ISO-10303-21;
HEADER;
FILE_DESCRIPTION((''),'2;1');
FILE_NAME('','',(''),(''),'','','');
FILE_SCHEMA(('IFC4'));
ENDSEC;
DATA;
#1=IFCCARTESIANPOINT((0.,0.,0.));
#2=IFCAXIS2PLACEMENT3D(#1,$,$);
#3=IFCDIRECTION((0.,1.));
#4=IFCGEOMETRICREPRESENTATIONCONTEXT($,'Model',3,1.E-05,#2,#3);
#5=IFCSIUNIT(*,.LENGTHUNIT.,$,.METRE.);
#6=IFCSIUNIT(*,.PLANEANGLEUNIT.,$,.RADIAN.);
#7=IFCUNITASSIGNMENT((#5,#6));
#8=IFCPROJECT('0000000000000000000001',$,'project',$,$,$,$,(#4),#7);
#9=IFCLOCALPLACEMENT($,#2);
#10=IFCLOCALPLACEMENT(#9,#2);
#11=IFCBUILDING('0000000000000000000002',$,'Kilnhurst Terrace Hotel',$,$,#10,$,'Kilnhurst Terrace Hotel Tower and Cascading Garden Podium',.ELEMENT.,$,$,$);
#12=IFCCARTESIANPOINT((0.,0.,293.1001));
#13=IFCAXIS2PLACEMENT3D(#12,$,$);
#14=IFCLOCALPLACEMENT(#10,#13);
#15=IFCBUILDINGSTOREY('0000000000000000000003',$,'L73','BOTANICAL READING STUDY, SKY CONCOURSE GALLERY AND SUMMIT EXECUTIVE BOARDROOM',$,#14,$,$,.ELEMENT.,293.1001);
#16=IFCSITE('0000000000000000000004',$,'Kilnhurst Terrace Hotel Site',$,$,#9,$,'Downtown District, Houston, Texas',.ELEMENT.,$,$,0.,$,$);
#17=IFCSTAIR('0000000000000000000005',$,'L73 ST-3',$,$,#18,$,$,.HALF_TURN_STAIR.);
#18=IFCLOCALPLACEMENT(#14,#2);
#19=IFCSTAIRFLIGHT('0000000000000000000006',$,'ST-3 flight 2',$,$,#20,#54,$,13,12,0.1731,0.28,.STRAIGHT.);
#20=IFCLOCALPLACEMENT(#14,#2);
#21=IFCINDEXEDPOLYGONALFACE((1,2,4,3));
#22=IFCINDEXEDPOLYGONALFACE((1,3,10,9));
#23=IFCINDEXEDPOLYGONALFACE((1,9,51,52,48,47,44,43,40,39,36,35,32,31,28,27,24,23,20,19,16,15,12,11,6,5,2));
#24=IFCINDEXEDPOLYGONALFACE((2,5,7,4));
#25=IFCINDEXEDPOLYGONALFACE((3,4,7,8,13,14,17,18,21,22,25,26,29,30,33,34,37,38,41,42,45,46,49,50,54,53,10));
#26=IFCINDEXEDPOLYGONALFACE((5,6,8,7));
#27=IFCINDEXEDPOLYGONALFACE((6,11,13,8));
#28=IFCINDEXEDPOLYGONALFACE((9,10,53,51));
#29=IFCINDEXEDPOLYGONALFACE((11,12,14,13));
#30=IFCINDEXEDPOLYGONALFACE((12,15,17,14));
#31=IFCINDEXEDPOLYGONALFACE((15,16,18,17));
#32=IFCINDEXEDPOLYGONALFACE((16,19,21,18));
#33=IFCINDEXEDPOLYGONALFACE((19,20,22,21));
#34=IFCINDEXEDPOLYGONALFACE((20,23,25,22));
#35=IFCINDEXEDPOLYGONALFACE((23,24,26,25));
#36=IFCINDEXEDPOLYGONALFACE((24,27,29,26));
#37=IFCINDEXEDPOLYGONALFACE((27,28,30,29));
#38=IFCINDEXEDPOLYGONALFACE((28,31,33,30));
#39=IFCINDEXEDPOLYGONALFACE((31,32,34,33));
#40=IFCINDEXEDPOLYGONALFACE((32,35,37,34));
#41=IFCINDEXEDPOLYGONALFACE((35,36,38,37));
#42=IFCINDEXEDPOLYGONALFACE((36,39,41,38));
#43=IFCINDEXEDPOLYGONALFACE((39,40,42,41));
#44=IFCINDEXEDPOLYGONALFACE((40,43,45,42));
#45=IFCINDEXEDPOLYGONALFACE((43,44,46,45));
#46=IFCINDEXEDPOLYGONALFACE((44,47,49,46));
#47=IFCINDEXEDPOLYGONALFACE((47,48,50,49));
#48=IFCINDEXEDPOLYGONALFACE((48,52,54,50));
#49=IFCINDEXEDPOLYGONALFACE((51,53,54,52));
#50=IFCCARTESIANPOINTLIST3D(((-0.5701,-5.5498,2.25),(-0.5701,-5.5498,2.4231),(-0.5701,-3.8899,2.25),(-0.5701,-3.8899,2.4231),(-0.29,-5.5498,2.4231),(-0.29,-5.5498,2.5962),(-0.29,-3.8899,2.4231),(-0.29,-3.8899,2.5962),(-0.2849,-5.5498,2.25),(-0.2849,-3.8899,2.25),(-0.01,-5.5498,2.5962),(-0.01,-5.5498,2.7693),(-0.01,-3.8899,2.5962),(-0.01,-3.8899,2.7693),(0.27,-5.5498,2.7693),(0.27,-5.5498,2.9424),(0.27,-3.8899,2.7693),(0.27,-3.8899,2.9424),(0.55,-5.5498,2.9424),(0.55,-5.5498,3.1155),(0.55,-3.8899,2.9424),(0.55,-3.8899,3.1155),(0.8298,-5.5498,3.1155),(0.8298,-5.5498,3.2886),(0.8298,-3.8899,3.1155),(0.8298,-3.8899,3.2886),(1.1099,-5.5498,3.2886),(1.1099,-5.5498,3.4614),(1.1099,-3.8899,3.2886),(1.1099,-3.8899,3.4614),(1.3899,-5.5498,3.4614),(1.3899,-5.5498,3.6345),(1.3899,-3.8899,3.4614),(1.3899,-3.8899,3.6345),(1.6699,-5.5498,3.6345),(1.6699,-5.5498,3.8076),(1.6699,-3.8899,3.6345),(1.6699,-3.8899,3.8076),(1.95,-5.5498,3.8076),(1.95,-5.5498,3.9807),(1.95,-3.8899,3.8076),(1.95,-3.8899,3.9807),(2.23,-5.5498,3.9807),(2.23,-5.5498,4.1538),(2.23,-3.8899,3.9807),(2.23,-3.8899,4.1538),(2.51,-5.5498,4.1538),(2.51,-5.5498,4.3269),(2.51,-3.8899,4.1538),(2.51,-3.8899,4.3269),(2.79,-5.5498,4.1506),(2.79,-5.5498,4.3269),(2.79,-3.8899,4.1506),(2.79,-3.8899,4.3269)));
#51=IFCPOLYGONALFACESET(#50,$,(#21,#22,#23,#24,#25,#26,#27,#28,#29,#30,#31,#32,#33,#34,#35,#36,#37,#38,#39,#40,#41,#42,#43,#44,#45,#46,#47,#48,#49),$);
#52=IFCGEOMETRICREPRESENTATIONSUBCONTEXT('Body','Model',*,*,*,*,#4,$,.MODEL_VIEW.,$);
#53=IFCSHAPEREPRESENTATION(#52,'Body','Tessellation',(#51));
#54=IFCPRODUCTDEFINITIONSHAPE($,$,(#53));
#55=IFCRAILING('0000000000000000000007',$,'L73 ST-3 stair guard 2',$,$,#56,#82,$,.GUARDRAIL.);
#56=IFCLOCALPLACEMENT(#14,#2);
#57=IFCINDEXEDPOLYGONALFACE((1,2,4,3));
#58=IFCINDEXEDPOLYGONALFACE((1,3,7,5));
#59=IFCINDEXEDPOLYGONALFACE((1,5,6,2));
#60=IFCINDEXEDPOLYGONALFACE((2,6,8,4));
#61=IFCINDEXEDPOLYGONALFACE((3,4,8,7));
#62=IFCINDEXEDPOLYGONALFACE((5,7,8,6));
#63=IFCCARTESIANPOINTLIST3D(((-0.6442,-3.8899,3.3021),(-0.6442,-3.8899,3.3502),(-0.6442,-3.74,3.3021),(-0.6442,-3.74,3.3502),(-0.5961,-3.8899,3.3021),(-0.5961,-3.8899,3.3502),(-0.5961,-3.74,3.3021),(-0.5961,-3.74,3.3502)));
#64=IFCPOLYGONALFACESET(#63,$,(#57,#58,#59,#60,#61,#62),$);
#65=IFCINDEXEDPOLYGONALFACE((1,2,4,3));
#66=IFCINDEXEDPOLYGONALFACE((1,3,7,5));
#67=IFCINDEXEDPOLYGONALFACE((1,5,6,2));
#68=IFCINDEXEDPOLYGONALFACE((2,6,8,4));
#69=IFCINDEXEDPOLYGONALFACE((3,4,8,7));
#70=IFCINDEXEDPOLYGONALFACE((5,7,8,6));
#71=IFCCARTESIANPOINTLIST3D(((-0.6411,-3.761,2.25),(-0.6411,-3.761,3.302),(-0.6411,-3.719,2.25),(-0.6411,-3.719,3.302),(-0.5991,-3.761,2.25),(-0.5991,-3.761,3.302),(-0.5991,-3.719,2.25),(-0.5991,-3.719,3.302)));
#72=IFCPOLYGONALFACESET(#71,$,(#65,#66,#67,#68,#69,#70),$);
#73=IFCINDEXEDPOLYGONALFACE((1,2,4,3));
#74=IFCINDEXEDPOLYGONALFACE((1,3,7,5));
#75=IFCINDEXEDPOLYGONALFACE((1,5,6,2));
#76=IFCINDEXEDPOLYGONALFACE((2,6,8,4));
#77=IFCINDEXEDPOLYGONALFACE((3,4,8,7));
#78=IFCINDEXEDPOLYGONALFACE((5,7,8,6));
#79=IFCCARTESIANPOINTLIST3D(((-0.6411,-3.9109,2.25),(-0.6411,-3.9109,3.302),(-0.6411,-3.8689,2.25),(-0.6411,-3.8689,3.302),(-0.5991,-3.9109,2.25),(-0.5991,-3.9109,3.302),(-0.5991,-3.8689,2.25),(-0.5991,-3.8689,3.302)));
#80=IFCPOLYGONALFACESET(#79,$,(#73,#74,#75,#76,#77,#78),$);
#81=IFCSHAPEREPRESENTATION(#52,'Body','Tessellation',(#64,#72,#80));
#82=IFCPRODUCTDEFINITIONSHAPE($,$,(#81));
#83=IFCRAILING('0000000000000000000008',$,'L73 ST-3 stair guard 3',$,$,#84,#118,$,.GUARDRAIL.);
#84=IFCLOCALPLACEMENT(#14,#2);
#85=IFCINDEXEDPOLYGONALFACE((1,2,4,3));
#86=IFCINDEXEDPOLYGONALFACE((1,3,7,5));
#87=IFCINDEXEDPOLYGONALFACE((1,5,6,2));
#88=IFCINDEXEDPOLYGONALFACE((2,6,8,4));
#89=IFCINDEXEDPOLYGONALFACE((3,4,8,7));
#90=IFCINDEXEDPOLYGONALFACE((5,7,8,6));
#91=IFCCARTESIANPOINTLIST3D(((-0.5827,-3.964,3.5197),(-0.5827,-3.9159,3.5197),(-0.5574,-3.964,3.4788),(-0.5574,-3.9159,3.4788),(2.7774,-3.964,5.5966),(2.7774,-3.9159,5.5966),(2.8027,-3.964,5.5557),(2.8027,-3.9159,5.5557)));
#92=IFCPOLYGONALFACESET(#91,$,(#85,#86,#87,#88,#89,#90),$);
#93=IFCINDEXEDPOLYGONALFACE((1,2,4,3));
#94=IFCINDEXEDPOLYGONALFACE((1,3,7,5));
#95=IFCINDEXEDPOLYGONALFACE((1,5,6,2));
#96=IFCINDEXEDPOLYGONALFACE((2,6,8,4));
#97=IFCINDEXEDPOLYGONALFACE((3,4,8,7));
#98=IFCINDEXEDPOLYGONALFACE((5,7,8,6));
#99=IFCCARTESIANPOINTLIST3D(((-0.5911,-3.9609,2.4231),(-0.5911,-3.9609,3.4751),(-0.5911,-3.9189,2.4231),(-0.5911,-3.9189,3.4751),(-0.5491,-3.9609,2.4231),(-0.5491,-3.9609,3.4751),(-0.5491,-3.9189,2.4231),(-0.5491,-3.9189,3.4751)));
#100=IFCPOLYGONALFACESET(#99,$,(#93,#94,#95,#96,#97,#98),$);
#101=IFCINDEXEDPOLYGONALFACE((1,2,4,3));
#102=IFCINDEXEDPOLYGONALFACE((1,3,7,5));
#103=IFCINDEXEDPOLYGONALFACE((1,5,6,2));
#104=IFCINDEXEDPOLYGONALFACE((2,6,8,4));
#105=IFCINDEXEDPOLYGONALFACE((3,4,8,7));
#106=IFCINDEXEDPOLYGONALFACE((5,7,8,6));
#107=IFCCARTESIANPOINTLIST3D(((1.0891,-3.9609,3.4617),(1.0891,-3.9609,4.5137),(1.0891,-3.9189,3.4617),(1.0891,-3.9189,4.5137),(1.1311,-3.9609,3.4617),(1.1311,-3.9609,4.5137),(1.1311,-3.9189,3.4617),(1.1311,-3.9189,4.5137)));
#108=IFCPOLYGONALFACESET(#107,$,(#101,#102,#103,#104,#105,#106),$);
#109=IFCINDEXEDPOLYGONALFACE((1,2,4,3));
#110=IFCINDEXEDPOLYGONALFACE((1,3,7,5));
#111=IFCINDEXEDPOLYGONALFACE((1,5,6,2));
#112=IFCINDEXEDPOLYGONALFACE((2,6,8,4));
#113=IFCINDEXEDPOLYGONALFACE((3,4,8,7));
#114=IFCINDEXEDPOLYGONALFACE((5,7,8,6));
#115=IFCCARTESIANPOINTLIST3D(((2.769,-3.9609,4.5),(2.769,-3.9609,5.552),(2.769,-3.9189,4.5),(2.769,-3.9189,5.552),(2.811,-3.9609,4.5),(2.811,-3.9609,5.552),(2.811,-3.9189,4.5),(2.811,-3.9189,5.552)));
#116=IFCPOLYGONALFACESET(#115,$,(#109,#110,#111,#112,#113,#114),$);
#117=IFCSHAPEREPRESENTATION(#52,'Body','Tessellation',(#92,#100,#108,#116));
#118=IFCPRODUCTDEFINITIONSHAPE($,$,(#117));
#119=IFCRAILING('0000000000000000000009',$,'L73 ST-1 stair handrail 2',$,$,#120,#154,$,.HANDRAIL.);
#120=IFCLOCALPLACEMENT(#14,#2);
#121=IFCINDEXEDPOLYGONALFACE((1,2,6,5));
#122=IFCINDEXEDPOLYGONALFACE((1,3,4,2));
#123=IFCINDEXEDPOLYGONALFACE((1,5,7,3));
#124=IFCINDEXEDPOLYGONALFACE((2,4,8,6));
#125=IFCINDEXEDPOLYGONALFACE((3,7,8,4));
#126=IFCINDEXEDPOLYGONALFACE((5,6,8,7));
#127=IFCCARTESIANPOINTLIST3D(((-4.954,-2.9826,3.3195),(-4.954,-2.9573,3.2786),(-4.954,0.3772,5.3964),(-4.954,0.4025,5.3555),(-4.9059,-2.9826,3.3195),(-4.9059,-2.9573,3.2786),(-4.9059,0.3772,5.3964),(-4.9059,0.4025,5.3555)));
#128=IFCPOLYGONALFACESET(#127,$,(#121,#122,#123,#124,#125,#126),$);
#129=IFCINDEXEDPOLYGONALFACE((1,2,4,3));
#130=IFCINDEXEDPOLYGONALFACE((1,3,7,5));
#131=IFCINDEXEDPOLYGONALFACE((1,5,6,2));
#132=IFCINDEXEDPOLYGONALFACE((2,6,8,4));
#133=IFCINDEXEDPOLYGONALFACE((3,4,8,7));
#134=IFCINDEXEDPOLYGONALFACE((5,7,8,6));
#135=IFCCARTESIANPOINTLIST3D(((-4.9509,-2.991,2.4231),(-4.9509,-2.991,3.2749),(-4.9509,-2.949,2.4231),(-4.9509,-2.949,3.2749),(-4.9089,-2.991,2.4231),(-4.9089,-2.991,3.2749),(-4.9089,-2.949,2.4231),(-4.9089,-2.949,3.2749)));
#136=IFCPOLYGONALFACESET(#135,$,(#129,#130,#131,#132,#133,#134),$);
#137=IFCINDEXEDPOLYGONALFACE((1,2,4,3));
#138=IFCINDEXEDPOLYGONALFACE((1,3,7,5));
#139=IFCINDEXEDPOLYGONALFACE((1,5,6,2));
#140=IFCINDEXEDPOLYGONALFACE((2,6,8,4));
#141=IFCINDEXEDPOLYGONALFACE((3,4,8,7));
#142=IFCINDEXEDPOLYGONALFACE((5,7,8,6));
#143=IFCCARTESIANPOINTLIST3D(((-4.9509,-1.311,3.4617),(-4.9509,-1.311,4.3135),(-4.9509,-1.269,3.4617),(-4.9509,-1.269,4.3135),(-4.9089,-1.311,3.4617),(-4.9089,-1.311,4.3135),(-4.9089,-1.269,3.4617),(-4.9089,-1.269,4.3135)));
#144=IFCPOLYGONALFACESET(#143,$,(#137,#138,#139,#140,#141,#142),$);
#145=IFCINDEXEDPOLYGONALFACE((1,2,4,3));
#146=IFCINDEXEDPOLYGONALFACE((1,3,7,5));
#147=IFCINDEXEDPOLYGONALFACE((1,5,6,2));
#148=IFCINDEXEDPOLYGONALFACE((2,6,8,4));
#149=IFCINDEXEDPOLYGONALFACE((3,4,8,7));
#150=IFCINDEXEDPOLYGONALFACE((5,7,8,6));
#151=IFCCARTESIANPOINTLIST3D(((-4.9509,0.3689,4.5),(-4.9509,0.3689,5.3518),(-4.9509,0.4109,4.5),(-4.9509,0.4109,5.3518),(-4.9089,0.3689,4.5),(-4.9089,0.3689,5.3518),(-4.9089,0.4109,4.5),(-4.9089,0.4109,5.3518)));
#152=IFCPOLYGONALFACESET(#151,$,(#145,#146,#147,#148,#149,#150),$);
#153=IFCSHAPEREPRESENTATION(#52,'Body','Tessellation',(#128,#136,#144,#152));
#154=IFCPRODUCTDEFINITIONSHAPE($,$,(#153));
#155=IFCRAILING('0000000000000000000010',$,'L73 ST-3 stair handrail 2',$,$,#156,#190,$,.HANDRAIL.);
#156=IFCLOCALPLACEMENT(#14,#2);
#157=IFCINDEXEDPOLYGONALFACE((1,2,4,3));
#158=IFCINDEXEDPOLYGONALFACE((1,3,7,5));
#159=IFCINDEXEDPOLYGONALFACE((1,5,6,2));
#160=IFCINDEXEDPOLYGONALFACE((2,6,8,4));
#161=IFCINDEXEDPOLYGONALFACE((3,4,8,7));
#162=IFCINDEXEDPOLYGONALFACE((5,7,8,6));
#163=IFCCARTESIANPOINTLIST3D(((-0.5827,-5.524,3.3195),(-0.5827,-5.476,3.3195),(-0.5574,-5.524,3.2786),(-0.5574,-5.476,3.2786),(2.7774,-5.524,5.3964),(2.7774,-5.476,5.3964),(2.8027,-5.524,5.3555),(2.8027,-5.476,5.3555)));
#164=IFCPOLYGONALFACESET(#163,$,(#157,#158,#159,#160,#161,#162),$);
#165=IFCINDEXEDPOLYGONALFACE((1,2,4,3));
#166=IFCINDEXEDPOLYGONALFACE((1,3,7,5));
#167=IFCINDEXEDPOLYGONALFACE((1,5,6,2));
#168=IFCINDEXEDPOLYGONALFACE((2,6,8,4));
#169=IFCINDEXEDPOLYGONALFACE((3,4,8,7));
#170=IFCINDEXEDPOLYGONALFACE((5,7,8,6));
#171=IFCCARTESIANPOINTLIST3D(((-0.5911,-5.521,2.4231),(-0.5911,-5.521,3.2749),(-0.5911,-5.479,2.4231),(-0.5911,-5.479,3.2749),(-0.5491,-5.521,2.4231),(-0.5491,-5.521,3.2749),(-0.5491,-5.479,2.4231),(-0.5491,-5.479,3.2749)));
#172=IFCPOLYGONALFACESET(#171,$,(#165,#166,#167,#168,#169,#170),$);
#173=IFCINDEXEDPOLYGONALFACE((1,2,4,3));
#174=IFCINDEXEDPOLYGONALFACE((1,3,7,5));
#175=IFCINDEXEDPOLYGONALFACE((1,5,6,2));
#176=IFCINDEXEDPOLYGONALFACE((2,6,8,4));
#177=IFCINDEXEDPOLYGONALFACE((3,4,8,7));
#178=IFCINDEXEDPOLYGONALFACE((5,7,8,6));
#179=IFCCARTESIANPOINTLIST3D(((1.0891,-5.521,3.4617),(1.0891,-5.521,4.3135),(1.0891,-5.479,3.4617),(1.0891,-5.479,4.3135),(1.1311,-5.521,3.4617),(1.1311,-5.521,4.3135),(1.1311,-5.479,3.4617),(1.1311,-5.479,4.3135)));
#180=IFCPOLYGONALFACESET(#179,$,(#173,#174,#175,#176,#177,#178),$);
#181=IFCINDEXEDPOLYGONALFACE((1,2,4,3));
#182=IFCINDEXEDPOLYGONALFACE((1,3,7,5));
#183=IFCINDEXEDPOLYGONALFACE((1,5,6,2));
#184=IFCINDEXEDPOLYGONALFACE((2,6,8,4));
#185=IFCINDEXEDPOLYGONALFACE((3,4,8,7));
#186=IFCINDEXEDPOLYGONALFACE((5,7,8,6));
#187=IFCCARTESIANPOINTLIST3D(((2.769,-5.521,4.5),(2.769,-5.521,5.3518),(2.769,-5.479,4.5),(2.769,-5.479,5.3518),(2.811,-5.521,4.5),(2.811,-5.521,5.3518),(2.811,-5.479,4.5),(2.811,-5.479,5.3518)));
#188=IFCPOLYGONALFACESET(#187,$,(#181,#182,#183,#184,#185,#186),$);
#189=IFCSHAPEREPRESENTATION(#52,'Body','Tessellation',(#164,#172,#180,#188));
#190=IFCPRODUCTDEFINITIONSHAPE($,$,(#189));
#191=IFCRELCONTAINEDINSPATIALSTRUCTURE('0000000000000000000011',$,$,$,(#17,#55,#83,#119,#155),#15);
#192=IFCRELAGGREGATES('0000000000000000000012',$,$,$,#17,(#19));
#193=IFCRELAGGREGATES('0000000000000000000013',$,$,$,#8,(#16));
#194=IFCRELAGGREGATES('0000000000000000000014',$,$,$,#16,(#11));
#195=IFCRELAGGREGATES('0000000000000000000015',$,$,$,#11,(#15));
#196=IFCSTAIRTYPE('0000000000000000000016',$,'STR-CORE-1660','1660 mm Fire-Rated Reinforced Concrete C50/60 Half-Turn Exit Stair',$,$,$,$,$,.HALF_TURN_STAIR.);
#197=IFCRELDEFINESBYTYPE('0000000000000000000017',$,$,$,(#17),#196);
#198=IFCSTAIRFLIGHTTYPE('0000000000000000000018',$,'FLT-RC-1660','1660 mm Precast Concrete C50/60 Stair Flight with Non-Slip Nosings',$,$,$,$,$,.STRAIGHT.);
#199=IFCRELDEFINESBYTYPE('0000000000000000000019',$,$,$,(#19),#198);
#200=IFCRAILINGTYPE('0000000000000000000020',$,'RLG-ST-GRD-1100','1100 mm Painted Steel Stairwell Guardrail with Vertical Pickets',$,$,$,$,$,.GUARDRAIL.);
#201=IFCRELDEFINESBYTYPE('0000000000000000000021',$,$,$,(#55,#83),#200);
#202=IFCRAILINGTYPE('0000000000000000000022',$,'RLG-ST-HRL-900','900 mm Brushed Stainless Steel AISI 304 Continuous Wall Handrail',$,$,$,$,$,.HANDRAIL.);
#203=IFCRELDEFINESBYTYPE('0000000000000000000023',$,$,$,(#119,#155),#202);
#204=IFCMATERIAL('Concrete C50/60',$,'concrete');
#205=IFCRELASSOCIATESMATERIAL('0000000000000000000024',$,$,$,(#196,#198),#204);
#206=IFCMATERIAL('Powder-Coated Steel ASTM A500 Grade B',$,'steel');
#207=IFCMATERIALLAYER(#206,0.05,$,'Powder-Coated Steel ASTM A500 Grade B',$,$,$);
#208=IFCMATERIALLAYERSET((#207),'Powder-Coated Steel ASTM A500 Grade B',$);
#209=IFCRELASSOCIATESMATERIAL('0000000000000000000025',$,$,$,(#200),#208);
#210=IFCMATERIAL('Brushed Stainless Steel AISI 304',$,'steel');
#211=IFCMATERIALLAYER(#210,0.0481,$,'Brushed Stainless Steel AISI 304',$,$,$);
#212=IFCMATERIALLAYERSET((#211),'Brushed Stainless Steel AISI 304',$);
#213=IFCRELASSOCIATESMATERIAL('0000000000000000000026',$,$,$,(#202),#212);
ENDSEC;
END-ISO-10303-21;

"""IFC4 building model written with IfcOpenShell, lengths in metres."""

from ifc_helpers import new_model, si_unit, direction, frame, origin, origin_2d, place, context, subcontext, project, spatial, polyline, rectangle, outline, extrude, material, layer, layer_set, type_object, element, aggregate, save


model = new_model("IFC4")

# Units and contexts
model_context = context("Model", 3, precision=1e-05, world=origin(), true_north=direction((0.0, 1.0)))
body_context = subcontext(model_context, "Body", "Model", "MODEL_VIEW")
ifc_project = project(units=[si_unit("LENGTHUNIT", "METRE"), si_unit("PLANEANGLEUNIT", "RADIAN")], contexts=[model_context])

# Site, building, storey
site_placement = place(None, origin())
site = spatial("IfcSite", under=ifc_project, at=site_placement, Name="Kilnhurst Terrace Hotel Site", LongName="Downtown District, Houston, Texas", CompositionType="ELEMENT", RefElevation=0.0)
building_placement = place(site_placement, origin())
building = spatial("IfcBuilding", under=site, at=building_placement, Name="Kilnhurst Terrace Hotel", LongName="Kilnhurst Terrace Hotel Tower and Cascading Garden Podium", CompositionType="ELEMENT")
storey_placement = place(building_placement, frame((0.0, 0.0, 293.1001)))
storey = spatial("IfcBuildingStorey", under=building, at=storey_placement, Name="L73", Description="BOTANICAL READING STUDY, SKY CONCOURSE GALLERY AND SUMMIT EXECUTIVE BOARDROOM", CompositionType="ELEMENT", Elevation=293.1001)

# Shared definitions
ifc_material_1 = material(Name="Concrete C50/60", Category="concrete")

# Stair
stair_type = type_object("IfcStairType", Name="STR-CORE-1660", Description="1660 mm Fire-Rated Reinforced Concrete C50/60 Half-Turn Exit Stair", PredefinedType="HALF_TURN_STAIR", material=ifc_material_1)
stair_1_placement = place(storey_placement, origin())
stair_1 = element("IfcStair", 1, at=stair_1_placement, inside=storey, type_object=stair_type, Name="L73 ST-3", PredefinedType="HALF_TURN_STAIR")

# Stair flight
stair_flight_type = type_object("IfcStairFlightType", Name="FLT-RC-1660", Description="1660 mm Precast Concrete C50/60 Stair Flight with Non-Slip Nosings", PredefinedType="STRAIGHT", material=ifc_material_1)
stair_flight_placement = place(storey_placement, frame((-0.5701, -4.72, 2.25), z_axis=(0.0, 0.0, 1.0), x_axis=(1.0, 0.0, 0.0)))
stair_flight = element("IfcStairFlight", 2, at=stair_flight_placement, type_object=stair_flight_type, Name="ST-3 flight 2", NumberOfRisers=13, NumberOfTreads=12, PredefinedType="STRAIGHT", RiserHeight=0.1731, TreadLength=0.28, context=body_context, shape_type="SweptSolid", body=[
    extrude(outline(polyline([(0.0, 0.0), (0.0, 0.1731), (0.28, 0.1731), (0.28, 0.3462), (0.5601, 0.3462), (0.5601, 0.5193), (0.8401, 0.5193), (0.8401, 0.6924), (1.1201, 0.6924), (1.1201, 0.8655), (1.3999, 0.8655), (1.3999, 1.0386), (1.6799, 1.0386), (1.6799, 1.2114), (1.96, 1.2114), (1.96, 1.3845), (2.24, 1.3845), (2.24, 1.5576), (2.52, 1.5576), (2.52, 1.7307), (2.8, 1.7307), (2.8, 1.9038), (3.0801, 1.9038), (3.0801, 2.0769), (3.3601, 2.0769), (3.3601, 2.25), (3.3601, 1.9006), (0.2852, 0.0), (0.0, 0.0)])), frame((0.0, 0.8301, 0.0), z_axis=(0.0, -1.0, 0.0), x_axis=(1.0, 0.0, 0.0)), (0.0, 0.0, 1.0), 1.6599),
])
aggregate(stair_1, [stair_flight])

# Railings
ifc_material_2 = material(Name="Powder-Coated Steel ASTM A500 Grade B", Category="steel")
ifc_layer_1 = layer(ifc_material_2, 0.05, Name="Powder-Coated Steel ASTM A500 Grade B")
ifc_layer_set_1 = layer_set([ifc_layer_1], Name="Powder-Coated Steel ASTM A500 Grade B")
railing_type_1 = type_object("IfcRailingType", Name="RLG-ST-GRD-1100", Description="1100 mm Painted Steel Stairwell Guardrail with Vertical Pickets", PredefinedType="GUARDRAIL", material=ifc_layer_set_1)
railing_1_placement = place(storey_placement, frame((-0.6201, -3.74, 2.25)))
element("IfcRailing", 3, at=railing_1_placement, inside=storey, type_object=railing_type_1, Name="L73 ST-3 stair guard 2", PredefinedType="GUARDRAIL", context=body_context, shape_type="SweptSolid", body=[
    extrude(rectangle(XDim=0.0481, YDim=0.0481, at=origin_2d()), frame((0.0, 0.0, 1.0762), z_axis=(0.0, -1.0, 0.0), x_axis=(1.0, 0.0, 0.0)), (0.0, 0.0, 1.0), 0.1499),
    extrude(rectangle(XDim=0.042, YDim=0.042, at=origin_2d()), origin(), (0.0, 0.0, 1.0), 1.052),
    extrude(rectangle(XDim=0.042, YDim=0.042, at=origin_2d()), frame((0.0, -0.1499, 0.0)), (0.0, 0.0, 1.0), 1.052),
])
railing_2_placement = place(storey_placement, frame((-0.5701, -3.9399, 2.4231)))
element("IfcRailing", 4, at=railing_2_placement, inside=storey, type_object=railing_type_1, Name="L73 ST-3 stair guard 3", PredefinedType="GUARDRAIL", context=body_context, shape_type="SweptSolid", body=[
    extrude(rectangle(XDim=0.0481, YDim=0.0481, at=origin_2d()), frame((0.0, 0.0, 1.0762), z_axis=(0.850623, 0.0, 0.525776), x_axis=(0.0, 1.0, 0.0)), (0.0, 0.0, 1.0), 3.9502),
    extrude(rectangle(XDim=0.042, YDim=0.042, at=origin_2d()), origin(), (0.0, 0.0, 1.0), 1.052),
    extrude(rectangle(XDim=0.042, YDim=0.042, at=origin_2d()), frame((1.6802, 0.0, 1.0386)), (0.0, 0.0, 1.0), 1.052),
    extrude(rectangle(XDim=0.042, YDim=0.042, at=origin_2d()), frame((3.3601, 0.0, 2.0769)), (0.0, 0.0, 1.0), 1.052),
])
ifc_material_3 = material(Name="Brushed Stainless Steel AISI 304", Category="steel")
ifc_layer_2 = layer(ifc_material_3, 0.0481, Name="Brushed Stainless Steel AISI 304")
ifc_layer_set_2 = layer_set([ifc_layer_2], Name="Brushed Stainless Steel AISI 304")
railing_type_2 = type_object("IfcRailingType", Name="RLG-ST-HRL-900", Description="900 mm Brushed Stainless Steel AISI 304 Continuous Wall Handrail", PredefinedType="HANDRAIL", material=ifc_layer_set_2)
railing_3_placement = place(storey_placement, frame((-4.9299, -2.97, 2.4231)))
element("IfcRailing", 5, at=railing_3_placement, inside=storey, type_object=railing_type_2, Name="L73 ST-1 stair handrail 2", PredefinedType="HANDRAIL", context=body_context, shape_type="SweptSolid", body=[
    extrude(rectangle(XDim=0.0481, YDim=0.0481, at=origin_2d()), frame((0.0, 0.0, 0.876), z_axis=(0.0, 0.850606, 0.525803), x_axis=(-1.0, 0.0, 0.0)), (0.0, 0.0, 1.0), 3.95),
    extrude(rectangle(XDim=0.042, YDim=0.042, at=origin_2d()), origin(), (0.0, 0.0, 1.0), 0.8518),
    extrude(rectangle(XDim=0.042, YDim=0.042, at=origin_2d()), frame((0.0, 1.6799, 1.0386)), (0.0, 0.0, 1.0), 0.8518),
    extrude(rectangle(XDim=0.042, YDim=0.042, at=origin_2d()), frame((0.0, 3.3599, 2.0769)), (0.0, 0.0, 1.0), 0.8518),
])
railing_4_placement = place(storey_placement, frame((-0.5701, -5.5, 2.4231)))
element("IfcRailing", 6, at=railing_4_placement, inside=storey, type_object=railing_type_2, Name="L73 ST-3 stair handrail 2", PredefinedType="HANDRAIL", context=body_context, shape_type="SweptSolid", body=[
    extrude(rectangle(XDim=0.0481, YDim=0.0481, at=origin_2d()), frame((0.0, 0.0, 0.876), z_axis=(0.850623, 0.0, 0.525776), x_axis=(0.0, 1.0, 0.0)), (0.0, 0.0, 1.0), 3.9502),
    extrude(rectangle(XDim=0.042, YDim=0.042, at=origin_2d()), origin(), (0.0, 0.0, 1.0), 0.8518),
    extrude(rectangle(XDim=0.042, YDim=0.042, at=origin_2d()), frame((1.6802, 0.0, 1.0386)), (0.0, 0.0, 1.0), 0.8518),
    extrude(rectangle(XDim=0.042, YDim=0.042, at=origin_2d()), frame((3.3601, 0.0, 2.0769)), (0.0, 0.0, 1.0), 0.8518),
])

save(model, "model.ifc")
